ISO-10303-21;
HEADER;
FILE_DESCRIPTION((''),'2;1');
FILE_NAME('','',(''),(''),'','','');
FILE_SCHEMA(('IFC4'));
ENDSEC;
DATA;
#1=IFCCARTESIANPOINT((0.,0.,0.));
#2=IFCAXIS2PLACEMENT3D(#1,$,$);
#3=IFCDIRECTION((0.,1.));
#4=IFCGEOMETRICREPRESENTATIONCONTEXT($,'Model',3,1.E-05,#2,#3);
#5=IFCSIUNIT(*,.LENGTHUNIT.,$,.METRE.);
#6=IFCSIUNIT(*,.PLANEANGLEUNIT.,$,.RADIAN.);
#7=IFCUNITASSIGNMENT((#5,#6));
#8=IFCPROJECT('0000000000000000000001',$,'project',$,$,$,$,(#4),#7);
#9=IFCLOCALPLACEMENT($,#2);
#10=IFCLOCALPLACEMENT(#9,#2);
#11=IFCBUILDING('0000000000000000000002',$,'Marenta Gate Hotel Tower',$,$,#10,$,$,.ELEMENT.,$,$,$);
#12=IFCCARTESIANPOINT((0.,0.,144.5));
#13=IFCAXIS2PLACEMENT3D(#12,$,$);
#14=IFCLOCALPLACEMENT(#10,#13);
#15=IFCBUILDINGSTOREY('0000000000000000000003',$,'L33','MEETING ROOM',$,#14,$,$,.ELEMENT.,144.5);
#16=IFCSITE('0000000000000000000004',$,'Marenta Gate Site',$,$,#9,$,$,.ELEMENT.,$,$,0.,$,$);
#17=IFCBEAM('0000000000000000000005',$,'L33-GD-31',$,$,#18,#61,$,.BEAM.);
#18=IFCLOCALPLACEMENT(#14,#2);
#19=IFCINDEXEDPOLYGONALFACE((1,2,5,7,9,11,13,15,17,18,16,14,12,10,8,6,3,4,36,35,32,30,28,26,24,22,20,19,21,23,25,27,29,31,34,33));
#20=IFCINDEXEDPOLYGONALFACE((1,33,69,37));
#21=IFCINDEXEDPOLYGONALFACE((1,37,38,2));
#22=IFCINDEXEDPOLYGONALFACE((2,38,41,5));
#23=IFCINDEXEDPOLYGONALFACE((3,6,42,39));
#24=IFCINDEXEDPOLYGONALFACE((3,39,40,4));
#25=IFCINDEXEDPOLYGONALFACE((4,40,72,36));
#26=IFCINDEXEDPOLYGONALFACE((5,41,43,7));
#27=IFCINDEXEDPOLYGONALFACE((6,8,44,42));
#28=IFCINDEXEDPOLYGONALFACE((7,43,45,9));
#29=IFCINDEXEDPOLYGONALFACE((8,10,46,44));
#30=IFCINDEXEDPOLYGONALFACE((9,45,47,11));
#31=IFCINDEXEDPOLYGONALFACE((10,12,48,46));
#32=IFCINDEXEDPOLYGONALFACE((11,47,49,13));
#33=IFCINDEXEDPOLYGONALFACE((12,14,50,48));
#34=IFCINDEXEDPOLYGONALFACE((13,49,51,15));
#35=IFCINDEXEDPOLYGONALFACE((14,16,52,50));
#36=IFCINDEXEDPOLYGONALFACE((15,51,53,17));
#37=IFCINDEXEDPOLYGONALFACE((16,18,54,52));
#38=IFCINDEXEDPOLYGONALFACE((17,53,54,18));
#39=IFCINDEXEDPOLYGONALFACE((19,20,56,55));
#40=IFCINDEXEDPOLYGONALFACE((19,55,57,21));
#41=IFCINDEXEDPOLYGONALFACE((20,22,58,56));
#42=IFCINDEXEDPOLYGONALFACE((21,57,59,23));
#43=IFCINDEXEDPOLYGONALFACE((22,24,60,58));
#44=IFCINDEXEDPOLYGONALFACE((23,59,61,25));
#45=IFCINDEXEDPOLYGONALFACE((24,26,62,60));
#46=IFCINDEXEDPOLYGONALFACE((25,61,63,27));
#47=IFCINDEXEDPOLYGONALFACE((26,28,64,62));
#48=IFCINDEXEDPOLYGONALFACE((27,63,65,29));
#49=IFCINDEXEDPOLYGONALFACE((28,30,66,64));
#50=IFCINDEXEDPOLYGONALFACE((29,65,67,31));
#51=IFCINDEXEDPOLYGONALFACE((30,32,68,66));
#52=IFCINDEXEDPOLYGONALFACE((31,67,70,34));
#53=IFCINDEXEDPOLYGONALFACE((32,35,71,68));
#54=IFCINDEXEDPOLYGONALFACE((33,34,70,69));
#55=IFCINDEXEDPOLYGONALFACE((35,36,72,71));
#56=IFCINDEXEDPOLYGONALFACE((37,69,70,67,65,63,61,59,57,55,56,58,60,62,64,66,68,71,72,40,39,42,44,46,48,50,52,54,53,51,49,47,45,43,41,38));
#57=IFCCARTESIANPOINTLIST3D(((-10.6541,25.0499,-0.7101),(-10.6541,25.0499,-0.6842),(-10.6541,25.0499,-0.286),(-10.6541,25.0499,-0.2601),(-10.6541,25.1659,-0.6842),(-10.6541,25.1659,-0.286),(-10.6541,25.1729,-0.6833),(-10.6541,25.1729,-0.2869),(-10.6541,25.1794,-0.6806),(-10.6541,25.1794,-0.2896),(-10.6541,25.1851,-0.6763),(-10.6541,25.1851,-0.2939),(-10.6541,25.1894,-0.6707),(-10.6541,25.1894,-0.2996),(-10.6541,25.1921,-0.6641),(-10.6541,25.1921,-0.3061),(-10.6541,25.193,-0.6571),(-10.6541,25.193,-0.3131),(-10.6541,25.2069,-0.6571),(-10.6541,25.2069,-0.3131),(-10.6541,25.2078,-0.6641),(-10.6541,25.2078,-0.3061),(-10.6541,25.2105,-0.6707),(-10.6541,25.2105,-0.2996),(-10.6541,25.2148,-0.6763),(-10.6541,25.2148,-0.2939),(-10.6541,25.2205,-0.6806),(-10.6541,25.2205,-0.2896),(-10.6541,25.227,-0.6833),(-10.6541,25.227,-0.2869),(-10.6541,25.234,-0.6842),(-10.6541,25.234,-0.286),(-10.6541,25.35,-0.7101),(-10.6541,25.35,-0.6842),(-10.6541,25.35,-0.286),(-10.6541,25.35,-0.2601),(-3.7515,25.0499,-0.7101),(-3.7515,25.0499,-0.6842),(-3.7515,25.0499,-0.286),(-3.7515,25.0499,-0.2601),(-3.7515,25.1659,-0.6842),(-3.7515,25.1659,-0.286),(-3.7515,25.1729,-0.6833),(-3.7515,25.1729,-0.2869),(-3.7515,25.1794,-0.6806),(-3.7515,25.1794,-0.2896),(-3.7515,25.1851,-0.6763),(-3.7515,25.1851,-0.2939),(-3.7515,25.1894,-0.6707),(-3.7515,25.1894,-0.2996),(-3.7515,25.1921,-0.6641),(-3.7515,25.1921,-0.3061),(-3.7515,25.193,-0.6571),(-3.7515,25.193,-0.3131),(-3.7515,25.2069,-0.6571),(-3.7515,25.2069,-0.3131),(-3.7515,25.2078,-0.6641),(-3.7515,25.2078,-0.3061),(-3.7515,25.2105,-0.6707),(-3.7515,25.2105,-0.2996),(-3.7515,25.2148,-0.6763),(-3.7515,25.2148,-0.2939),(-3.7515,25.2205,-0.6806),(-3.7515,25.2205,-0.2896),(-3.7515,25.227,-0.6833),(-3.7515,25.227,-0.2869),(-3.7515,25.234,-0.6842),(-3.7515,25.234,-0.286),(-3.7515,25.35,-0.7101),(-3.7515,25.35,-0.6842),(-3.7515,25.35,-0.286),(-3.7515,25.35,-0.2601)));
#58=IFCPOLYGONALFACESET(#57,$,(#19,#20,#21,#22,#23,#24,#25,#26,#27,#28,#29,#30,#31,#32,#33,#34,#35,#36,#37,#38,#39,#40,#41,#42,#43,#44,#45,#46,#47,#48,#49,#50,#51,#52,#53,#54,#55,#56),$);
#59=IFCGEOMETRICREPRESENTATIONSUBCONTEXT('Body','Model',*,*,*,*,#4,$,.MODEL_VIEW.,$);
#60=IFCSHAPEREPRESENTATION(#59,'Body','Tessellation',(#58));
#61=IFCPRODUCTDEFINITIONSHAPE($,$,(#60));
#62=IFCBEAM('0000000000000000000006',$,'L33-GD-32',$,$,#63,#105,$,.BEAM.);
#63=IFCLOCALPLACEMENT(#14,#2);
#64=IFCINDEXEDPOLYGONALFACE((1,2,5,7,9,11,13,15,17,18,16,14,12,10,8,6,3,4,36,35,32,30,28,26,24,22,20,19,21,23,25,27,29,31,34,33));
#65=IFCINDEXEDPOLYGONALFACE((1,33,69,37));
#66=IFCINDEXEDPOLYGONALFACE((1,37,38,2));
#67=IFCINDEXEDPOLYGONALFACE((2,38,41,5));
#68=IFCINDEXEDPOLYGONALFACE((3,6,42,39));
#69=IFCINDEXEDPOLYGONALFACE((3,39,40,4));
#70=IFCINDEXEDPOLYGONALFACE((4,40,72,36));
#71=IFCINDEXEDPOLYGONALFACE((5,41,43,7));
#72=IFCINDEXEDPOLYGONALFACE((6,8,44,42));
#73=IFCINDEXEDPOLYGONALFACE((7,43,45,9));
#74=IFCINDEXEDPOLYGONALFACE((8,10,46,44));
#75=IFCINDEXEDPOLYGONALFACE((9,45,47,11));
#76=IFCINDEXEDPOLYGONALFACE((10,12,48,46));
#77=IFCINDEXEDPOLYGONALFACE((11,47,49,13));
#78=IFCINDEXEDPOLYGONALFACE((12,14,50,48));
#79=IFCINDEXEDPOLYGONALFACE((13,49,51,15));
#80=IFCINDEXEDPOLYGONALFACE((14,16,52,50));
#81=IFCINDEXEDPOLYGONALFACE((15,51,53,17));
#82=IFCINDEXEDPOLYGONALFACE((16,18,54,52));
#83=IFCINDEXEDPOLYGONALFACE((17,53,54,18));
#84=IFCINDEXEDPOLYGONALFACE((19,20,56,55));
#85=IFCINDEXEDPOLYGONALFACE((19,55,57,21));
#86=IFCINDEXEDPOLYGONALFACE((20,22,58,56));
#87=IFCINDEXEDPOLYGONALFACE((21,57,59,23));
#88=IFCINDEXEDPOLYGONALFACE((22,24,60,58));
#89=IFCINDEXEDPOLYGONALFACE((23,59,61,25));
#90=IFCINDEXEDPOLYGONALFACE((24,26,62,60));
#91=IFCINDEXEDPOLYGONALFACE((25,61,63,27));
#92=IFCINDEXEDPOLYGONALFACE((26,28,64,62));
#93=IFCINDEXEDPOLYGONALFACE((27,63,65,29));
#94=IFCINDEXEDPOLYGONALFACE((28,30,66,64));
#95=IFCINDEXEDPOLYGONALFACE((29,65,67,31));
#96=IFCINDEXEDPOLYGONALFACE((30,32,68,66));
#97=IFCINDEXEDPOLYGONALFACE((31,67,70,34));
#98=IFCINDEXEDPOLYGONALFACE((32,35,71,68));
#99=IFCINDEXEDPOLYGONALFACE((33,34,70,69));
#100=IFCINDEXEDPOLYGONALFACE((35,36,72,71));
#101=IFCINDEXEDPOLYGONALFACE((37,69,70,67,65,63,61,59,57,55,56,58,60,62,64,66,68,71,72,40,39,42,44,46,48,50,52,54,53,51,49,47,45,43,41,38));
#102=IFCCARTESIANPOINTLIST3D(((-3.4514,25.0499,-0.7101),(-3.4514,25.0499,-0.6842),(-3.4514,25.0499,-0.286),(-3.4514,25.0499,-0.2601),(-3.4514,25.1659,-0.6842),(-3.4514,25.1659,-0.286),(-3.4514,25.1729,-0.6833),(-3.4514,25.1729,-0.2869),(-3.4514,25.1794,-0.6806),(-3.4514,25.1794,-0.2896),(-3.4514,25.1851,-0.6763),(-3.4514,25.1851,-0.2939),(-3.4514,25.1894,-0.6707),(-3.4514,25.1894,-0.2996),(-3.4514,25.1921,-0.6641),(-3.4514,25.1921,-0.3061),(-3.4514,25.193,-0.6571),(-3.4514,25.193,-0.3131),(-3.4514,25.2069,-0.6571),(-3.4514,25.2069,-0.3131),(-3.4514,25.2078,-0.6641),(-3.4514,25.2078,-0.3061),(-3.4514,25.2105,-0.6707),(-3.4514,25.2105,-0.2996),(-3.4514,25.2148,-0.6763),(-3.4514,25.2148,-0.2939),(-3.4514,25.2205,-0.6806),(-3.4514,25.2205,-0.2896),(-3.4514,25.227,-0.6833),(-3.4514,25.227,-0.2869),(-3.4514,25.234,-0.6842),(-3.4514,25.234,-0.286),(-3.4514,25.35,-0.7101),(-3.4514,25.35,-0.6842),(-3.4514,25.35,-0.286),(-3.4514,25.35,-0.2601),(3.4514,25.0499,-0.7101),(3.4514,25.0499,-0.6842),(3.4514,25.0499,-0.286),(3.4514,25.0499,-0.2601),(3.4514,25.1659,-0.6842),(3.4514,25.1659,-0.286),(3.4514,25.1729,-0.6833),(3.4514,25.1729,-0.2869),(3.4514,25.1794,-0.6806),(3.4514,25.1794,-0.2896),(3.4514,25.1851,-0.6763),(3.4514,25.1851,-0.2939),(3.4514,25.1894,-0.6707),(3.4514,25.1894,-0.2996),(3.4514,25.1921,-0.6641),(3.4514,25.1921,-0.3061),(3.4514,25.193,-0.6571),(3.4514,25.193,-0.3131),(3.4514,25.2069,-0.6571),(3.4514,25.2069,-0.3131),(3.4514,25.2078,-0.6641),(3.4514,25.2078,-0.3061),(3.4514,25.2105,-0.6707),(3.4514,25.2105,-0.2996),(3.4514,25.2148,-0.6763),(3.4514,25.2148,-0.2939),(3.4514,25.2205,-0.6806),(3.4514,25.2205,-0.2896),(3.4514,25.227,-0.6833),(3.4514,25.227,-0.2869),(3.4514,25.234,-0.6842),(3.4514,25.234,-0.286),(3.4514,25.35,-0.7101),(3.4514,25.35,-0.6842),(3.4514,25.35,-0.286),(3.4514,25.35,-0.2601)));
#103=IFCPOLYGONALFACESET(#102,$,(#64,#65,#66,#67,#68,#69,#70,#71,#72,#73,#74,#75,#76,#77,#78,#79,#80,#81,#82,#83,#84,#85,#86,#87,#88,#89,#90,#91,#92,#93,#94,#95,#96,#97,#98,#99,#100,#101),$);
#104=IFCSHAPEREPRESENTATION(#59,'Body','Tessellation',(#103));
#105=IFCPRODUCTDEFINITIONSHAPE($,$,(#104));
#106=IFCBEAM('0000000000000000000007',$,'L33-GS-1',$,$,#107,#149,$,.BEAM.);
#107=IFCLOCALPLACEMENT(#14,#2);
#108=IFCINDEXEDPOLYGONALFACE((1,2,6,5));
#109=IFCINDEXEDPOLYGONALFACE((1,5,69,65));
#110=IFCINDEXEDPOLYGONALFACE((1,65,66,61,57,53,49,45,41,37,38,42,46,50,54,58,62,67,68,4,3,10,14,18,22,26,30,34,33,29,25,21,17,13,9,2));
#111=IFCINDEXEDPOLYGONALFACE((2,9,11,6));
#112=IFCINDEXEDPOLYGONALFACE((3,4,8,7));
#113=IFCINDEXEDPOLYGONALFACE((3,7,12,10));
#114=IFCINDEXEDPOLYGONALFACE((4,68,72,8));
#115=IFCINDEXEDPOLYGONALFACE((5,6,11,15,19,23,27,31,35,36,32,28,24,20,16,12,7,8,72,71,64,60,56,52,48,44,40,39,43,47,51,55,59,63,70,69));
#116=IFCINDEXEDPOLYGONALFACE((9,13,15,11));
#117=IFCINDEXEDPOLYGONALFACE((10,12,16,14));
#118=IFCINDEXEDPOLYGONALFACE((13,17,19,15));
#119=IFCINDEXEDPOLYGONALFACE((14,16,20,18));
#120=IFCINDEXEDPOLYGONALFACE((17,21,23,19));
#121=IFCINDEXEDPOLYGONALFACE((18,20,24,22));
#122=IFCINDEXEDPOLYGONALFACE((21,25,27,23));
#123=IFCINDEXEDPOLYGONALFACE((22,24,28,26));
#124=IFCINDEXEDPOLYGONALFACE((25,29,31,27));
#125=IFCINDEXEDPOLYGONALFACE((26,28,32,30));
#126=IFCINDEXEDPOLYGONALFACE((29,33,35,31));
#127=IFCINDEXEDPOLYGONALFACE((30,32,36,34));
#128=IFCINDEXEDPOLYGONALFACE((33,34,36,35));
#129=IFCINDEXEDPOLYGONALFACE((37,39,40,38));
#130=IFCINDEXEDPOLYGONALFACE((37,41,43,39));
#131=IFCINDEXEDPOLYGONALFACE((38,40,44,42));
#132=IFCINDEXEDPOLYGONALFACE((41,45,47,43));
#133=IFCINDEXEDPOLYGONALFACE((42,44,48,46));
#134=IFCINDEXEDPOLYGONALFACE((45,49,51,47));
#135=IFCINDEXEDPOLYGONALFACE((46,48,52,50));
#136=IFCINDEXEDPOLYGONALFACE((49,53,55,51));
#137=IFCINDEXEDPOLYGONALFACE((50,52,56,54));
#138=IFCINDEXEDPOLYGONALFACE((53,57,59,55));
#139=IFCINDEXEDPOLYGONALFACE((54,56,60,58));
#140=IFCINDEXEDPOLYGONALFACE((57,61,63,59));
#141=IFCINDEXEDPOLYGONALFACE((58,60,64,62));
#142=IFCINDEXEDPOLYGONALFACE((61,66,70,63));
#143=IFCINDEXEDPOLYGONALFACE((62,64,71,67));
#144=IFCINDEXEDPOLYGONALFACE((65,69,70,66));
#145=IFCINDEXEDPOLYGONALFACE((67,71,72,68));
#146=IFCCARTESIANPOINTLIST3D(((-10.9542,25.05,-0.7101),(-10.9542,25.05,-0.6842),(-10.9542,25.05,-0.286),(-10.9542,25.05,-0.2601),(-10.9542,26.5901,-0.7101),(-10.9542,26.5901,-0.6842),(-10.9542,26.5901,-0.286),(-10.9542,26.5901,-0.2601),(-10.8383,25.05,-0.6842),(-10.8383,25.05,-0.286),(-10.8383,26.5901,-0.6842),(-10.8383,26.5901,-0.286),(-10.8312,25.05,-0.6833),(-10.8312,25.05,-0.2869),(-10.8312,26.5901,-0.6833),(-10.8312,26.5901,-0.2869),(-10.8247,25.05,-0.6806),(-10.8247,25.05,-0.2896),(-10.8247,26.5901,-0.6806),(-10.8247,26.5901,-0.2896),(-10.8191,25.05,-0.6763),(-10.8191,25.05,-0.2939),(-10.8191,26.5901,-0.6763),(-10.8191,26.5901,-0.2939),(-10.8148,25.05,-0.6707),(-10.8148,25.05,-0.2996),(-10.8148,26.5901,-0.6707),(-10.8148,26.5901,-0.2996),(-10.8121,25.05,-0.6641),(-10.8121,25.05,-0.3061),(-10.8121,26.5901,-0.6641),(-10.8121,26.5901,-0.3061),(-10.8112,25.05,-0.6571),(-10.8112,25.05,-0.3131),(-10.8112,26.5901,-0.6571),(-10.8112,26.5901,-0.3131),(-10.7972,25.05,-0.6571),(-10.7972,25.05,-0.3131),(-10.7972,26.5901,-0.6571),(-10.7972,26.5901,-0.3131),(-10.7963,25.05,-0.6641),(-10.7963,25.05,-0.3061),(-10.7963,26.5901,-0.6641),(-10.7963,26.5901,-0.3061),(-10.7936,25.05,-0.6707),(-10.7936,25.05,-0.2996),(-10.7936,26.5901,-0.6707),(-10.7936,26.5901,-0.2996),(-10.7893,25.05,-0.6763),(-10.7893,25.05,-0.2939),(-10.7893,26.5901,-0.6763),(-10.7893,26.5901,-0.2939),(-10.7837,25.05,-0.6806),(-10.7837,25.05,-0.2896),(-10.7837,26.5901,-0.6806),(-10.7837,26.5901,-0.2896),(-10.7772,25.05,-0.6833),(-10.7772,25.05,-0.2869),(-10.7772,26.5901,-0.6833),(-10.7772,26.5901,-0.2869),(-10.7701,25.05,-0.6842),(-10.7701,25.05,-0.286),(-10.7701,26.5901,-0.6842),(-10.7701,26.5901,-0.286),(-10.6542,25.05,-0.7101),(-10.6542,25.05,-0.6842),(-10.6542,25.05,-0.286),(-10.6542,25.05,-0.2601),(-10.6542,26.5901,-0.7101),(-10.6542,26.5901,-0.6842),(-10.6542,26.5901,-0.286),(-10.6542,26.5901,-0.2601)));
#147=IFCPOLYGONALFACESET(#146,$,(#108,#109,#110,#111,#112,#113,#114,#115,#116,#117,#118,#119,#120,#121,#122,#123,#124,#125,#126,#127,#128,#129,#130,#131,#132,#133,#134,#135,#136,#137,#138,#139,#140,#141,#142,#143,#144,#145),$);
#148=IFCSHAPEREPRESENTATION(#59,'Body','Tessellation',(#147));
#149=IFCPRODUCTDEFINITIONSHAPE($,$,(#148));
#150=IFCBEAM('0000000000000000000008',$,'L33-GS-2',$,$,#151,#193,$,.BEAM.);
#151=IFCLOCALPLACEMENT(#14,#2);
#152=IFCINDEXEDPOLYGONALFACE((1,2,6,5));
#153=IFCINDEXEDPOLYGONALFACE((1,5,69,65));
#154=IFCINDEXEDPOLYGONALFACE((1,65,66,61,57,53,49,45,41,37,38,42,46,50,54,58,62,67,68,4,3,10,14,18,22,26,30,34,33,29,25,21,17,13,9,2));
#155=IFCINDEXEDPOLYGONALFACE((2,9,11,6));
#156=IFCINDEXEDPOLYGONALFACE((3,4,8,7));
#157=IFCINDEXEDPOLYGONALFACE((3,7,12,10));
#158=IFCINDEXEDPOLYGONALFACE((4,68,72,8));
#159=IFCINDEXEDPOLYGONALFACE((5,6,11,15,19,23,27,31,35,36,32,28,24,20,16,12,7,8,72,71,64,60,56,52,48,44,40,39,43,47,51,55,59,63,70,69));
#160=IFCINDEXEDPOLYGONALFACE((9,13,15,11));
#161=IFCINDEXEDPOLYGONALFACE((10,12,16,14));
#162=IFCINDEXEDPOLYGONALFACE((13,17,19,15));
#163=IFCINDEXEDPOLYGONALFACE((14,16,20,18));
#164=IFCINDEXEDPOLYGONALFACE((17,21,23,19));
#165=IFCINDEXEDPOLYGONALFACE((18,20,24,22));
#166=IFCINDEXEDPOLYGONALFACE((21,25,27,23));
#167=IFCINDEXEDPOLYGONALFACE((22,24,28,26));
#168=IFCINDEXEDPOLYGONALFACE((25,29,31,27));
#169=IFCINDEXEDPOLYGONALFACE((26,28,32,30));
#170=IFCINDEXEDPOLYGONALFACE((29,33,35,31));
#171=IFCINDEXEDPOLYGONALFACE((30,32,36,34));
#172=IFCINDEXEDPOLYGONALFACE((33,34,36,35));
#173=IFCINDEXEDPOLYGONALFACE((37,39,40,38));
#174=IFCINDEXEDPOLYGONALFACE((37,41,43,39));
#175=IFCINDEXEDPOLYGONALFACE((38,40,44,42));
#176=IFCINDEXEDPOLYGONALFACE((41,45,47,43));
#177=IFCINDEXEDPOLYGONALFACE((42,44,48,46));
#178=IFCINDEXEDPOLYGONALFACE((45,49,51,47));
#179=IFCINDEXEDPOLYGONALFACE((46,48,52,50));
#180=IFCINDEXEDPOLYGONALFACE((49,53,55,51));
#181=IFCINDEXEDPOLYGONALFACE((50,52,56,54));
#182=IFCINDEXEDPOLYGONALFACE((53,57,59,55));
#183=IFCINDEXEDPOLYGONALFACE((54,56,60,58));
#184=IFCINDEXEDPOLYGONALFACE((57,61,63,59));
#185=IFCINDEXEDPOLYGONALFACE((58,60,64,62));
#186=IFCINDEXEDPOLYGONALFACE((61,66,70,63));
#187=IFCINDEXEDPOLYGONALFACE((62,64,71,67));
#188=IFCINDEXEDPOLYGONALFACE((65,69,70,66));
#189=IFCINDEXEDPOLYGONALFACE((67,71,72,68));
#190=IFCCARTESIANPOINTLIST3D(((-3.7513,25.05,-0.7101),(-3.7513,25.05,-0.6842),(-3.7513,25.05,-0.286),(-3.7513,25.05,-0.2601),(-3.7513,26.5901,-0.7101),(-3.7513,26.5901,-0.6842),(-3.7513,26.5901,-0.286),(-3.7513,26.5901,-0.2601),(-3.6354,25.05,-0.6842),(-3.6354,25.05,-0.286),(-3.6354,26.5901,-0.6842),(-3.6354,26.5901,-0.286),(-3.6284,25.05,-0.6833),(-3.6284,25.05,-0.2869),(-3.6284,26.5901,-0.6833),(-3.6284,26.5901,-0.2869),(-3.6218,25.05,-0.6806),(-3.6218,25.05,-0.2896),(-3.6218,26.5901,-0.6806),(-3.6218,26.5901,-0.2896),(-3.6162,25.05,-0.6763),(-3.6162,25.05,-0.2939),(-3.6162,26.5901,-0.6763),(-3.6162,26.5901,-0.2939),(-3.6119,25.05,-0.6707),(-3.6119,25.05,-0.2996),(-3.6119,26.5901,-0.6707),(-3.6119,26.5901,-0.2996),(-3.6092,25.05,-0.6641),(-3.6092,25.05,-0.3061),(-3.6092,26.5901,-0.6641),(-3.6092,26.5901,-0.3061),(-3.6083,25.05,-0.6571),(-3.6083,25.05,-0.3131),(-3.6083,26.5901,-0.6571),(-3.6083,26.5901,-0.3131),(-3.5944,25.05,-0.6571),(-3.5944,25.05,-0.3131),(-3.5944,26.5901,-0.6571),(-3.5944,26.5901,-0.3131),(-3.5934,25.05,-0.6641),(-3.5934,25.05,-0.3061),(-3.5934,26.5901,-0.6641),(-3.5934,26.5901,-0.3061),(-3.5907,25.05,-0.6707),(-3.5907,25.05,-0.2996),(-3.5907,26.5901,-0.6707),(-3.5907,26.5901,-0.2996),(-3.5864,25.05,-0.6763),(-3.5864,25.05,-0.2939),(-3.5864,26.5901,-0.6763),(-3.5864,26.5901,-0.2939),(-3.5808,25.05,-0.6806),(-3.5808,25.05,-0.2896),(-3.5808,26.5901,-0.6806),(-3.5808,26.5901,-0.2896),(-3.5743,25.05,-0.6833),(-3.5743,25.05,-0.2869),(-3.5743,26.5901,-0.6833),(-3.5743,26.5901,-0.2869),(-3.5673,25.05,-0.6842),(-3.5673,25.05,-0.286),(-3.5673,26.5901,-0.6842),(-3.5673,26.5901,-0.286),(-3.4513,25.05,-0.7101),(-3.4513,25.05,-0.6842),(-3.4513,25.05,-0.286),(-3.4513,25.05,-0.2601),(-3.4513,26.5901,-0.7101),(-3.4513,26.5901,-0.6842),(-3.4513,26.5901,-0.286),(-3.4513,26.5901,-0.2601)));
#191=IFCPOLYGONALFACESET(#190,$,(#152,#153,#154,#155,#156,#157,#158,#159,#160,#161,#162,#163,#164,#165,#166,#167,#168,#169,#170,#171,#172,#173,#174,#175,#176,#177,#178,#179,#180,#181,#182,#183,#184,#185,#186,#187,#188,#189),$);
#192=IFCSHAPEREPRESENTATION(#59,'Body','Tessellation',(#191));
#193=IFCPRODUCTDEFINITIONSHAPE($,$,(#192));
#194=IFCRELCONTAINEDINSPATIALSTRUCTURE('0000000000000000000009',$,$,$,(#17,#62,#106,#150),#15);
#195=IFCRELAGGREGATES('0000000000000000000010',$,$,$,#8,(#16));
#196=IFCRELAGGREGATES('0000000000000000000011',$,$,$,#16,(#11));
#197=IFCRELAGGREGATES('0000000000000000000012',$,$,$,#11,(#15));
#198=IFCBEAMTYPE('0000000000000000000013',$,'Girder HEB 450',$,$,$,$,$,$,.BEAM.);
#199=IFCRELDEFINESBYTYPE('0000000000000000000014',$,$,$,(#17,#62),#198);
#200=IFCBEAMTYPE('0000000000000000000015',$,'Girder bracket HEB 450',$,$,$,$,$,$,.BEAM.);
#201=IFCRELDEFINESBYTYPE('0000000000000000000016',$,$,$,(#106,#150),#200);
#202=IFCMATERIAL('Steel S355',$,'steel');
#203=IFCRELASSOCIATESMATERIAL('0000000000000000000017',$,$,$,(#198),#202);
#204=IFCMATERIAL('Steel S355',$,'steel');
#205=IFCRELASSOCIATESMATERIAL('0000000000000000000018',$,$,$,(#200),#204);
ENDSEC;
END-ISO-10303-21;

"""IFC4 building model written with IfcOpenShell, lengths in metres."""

from ifc_helpers import new_model, si_unit, direction, frame, origin, origin_2d, place, context, subcontext, project, spatial, i_section, extrude, material, material_profile, profile_set, type_object, element, save


model = new_model("IFC4")

# Units and contexts
model_context = context("Model", 3, precision=1e-05, world=origin(), true_north=direction((0.0, 1.0)))
body_context = subcontext(model_context, "Body", "Model", "MODEL_VIEW")
ifc_project = project(units=[si_unit("LENGTHUNIT", "METRE"), si_unit("PLANEANGLEUNIT", "RADIAN")], contexts=[model_context])

# Site, building, storey
site_placement = place(None, origin())
site = spatial("IfcSite", under=ifc_project, at=site_placement, Name="Marenta Gate Site", CompositionType="ELEMENT", RefElevation=0.0)
building_placement = place(site_placement, origin())
building = spatial("IfcBuilding", under=site, at=building_placement, Name="Marenta Gate Hotel Tower", CompositionType="ELEMENT")
storey_placement = place(building_placement, frame((0.0, 0.0, 144.5)))
storey = spatial("IfcBuildingStorey", under=building, at=storey_placement, Name="L33", Description="MEETING ROOM", CompositionType="ELEMENT", Elevation=144.5)

# Beams
ifc_material_1 = material(Name="Steel S355", Category="steel")
ifc_material_profile_1 = material_profile(ifc_material_1, i_section(OverallWidth=0.3, OverallDepth=0.45, WebThickness=0.0139, FlangeThickness=0.0259, FilletRadius=0.0271, at=origin_2d()), Name="HEB 450")
ifc_profile_set_1 = profile_set([ifc_material_profile_1], Name="Steel S355")
beam_type_1 = type_object("IfcBeamType", Name="Girder HEB 450", PredefinedType="BEAM", material=ifc_profile_set_1)
beam_1_placement = place(storey_placement, frame((-10.6541, 25.2, -0.4851), z_axis=(1.0, 0.0, 0.0), x_axis=(0.0, 1.0, 0.0)))
element("IfcBeam", 1, at=beam_1_placement, inside=storey, type_object=beam_type_1, Name="L33-GD-31", PredefinedType="BEAM", context=body_context, shape_type="SweptSolid", body=[
    extrude(i_section(OverallWidth=0.3, OverallDepth=0.45, WebThickness=0.0139, FlangeThickness=0.0259, FilletRadius=0.0271, at=origin_2d()), origin(), (0.0, 0.0, 1.0), 6.9026),
])
beam_2_placement = place(storey_placement, frame((-3.4514, 25.2, -0.4851), z_axis=(1.0, 0.0, 0.0), x_axis=(0.0, 1.0, 0.0)))
element("IfcBeam", 2, at=beam_2_placement, inside=storey, type_object=beam_type_1, Name="L33-GD-32", PredefinedType="BEAM", context=body_context, shape_type="SweptSolid", body=[
    extrude(i_section(OverallWidth=0.3, OverallDepth=0.45, WebThickness=0.0139, FlangeThickness=0.0259, FilletRadius=0.0271, at=origin_2d()), origin(), (0.0, 0.0, 1.0), 6.9028),
])
ifc_material_2 = material(Name="Steel S355", Category="steel")
ifc_material_profile_2 = material_profile(ifc_material_2, i_section(OverallWidth=0.3, OverallDepth=0.45, WebThickness=0.0139, FlangeThickness=0.0259, FilletRadius=0.0271, at=origin_2d()), Name="HEB 450")
ifc_profile_set_2 = profile_set([ifc_material_profile_2], Name="Steel S355")
beam_type_2 = type_object("IfcBeamType", Name="Girder bracket HEB 450", PredefinedType="BEAM", material=ifc_profile_set_2)
for number, where, z_axis, x_axis, name in (
    (3, (-10.8042, 25.05, -0.4851), (0.0, 1.0, 0.0), (-1.0, 0.0, 0.0), "L33-GS-1"),
    (4, (-3.6013, 25.05, -0.4851), (0.0, 1.0, 0.0), (-1.0, 0.0, 0.0), "L33-GS-2"),
):
    element("IfcBeam", number, at=place(storey_placement, frame(where, z_axis=z_axis, x_axis=x_axis)), inside=storey, type_object=beam_type_2, Name=name, PredefinedType="BEAM", context=body_context, shape_type="SweptSolid", body=[
        extrude(i_section(OverallWidth=0.3, OverallDepth=0.45, WebThickness=0.0139, FlangeThickness=0.0259, FilletRadius=0.0271, at=origin_2d()), origin(), (0.0, 0.0, 1.0), 1.54),
    ])

save(model, "model.ifc")
